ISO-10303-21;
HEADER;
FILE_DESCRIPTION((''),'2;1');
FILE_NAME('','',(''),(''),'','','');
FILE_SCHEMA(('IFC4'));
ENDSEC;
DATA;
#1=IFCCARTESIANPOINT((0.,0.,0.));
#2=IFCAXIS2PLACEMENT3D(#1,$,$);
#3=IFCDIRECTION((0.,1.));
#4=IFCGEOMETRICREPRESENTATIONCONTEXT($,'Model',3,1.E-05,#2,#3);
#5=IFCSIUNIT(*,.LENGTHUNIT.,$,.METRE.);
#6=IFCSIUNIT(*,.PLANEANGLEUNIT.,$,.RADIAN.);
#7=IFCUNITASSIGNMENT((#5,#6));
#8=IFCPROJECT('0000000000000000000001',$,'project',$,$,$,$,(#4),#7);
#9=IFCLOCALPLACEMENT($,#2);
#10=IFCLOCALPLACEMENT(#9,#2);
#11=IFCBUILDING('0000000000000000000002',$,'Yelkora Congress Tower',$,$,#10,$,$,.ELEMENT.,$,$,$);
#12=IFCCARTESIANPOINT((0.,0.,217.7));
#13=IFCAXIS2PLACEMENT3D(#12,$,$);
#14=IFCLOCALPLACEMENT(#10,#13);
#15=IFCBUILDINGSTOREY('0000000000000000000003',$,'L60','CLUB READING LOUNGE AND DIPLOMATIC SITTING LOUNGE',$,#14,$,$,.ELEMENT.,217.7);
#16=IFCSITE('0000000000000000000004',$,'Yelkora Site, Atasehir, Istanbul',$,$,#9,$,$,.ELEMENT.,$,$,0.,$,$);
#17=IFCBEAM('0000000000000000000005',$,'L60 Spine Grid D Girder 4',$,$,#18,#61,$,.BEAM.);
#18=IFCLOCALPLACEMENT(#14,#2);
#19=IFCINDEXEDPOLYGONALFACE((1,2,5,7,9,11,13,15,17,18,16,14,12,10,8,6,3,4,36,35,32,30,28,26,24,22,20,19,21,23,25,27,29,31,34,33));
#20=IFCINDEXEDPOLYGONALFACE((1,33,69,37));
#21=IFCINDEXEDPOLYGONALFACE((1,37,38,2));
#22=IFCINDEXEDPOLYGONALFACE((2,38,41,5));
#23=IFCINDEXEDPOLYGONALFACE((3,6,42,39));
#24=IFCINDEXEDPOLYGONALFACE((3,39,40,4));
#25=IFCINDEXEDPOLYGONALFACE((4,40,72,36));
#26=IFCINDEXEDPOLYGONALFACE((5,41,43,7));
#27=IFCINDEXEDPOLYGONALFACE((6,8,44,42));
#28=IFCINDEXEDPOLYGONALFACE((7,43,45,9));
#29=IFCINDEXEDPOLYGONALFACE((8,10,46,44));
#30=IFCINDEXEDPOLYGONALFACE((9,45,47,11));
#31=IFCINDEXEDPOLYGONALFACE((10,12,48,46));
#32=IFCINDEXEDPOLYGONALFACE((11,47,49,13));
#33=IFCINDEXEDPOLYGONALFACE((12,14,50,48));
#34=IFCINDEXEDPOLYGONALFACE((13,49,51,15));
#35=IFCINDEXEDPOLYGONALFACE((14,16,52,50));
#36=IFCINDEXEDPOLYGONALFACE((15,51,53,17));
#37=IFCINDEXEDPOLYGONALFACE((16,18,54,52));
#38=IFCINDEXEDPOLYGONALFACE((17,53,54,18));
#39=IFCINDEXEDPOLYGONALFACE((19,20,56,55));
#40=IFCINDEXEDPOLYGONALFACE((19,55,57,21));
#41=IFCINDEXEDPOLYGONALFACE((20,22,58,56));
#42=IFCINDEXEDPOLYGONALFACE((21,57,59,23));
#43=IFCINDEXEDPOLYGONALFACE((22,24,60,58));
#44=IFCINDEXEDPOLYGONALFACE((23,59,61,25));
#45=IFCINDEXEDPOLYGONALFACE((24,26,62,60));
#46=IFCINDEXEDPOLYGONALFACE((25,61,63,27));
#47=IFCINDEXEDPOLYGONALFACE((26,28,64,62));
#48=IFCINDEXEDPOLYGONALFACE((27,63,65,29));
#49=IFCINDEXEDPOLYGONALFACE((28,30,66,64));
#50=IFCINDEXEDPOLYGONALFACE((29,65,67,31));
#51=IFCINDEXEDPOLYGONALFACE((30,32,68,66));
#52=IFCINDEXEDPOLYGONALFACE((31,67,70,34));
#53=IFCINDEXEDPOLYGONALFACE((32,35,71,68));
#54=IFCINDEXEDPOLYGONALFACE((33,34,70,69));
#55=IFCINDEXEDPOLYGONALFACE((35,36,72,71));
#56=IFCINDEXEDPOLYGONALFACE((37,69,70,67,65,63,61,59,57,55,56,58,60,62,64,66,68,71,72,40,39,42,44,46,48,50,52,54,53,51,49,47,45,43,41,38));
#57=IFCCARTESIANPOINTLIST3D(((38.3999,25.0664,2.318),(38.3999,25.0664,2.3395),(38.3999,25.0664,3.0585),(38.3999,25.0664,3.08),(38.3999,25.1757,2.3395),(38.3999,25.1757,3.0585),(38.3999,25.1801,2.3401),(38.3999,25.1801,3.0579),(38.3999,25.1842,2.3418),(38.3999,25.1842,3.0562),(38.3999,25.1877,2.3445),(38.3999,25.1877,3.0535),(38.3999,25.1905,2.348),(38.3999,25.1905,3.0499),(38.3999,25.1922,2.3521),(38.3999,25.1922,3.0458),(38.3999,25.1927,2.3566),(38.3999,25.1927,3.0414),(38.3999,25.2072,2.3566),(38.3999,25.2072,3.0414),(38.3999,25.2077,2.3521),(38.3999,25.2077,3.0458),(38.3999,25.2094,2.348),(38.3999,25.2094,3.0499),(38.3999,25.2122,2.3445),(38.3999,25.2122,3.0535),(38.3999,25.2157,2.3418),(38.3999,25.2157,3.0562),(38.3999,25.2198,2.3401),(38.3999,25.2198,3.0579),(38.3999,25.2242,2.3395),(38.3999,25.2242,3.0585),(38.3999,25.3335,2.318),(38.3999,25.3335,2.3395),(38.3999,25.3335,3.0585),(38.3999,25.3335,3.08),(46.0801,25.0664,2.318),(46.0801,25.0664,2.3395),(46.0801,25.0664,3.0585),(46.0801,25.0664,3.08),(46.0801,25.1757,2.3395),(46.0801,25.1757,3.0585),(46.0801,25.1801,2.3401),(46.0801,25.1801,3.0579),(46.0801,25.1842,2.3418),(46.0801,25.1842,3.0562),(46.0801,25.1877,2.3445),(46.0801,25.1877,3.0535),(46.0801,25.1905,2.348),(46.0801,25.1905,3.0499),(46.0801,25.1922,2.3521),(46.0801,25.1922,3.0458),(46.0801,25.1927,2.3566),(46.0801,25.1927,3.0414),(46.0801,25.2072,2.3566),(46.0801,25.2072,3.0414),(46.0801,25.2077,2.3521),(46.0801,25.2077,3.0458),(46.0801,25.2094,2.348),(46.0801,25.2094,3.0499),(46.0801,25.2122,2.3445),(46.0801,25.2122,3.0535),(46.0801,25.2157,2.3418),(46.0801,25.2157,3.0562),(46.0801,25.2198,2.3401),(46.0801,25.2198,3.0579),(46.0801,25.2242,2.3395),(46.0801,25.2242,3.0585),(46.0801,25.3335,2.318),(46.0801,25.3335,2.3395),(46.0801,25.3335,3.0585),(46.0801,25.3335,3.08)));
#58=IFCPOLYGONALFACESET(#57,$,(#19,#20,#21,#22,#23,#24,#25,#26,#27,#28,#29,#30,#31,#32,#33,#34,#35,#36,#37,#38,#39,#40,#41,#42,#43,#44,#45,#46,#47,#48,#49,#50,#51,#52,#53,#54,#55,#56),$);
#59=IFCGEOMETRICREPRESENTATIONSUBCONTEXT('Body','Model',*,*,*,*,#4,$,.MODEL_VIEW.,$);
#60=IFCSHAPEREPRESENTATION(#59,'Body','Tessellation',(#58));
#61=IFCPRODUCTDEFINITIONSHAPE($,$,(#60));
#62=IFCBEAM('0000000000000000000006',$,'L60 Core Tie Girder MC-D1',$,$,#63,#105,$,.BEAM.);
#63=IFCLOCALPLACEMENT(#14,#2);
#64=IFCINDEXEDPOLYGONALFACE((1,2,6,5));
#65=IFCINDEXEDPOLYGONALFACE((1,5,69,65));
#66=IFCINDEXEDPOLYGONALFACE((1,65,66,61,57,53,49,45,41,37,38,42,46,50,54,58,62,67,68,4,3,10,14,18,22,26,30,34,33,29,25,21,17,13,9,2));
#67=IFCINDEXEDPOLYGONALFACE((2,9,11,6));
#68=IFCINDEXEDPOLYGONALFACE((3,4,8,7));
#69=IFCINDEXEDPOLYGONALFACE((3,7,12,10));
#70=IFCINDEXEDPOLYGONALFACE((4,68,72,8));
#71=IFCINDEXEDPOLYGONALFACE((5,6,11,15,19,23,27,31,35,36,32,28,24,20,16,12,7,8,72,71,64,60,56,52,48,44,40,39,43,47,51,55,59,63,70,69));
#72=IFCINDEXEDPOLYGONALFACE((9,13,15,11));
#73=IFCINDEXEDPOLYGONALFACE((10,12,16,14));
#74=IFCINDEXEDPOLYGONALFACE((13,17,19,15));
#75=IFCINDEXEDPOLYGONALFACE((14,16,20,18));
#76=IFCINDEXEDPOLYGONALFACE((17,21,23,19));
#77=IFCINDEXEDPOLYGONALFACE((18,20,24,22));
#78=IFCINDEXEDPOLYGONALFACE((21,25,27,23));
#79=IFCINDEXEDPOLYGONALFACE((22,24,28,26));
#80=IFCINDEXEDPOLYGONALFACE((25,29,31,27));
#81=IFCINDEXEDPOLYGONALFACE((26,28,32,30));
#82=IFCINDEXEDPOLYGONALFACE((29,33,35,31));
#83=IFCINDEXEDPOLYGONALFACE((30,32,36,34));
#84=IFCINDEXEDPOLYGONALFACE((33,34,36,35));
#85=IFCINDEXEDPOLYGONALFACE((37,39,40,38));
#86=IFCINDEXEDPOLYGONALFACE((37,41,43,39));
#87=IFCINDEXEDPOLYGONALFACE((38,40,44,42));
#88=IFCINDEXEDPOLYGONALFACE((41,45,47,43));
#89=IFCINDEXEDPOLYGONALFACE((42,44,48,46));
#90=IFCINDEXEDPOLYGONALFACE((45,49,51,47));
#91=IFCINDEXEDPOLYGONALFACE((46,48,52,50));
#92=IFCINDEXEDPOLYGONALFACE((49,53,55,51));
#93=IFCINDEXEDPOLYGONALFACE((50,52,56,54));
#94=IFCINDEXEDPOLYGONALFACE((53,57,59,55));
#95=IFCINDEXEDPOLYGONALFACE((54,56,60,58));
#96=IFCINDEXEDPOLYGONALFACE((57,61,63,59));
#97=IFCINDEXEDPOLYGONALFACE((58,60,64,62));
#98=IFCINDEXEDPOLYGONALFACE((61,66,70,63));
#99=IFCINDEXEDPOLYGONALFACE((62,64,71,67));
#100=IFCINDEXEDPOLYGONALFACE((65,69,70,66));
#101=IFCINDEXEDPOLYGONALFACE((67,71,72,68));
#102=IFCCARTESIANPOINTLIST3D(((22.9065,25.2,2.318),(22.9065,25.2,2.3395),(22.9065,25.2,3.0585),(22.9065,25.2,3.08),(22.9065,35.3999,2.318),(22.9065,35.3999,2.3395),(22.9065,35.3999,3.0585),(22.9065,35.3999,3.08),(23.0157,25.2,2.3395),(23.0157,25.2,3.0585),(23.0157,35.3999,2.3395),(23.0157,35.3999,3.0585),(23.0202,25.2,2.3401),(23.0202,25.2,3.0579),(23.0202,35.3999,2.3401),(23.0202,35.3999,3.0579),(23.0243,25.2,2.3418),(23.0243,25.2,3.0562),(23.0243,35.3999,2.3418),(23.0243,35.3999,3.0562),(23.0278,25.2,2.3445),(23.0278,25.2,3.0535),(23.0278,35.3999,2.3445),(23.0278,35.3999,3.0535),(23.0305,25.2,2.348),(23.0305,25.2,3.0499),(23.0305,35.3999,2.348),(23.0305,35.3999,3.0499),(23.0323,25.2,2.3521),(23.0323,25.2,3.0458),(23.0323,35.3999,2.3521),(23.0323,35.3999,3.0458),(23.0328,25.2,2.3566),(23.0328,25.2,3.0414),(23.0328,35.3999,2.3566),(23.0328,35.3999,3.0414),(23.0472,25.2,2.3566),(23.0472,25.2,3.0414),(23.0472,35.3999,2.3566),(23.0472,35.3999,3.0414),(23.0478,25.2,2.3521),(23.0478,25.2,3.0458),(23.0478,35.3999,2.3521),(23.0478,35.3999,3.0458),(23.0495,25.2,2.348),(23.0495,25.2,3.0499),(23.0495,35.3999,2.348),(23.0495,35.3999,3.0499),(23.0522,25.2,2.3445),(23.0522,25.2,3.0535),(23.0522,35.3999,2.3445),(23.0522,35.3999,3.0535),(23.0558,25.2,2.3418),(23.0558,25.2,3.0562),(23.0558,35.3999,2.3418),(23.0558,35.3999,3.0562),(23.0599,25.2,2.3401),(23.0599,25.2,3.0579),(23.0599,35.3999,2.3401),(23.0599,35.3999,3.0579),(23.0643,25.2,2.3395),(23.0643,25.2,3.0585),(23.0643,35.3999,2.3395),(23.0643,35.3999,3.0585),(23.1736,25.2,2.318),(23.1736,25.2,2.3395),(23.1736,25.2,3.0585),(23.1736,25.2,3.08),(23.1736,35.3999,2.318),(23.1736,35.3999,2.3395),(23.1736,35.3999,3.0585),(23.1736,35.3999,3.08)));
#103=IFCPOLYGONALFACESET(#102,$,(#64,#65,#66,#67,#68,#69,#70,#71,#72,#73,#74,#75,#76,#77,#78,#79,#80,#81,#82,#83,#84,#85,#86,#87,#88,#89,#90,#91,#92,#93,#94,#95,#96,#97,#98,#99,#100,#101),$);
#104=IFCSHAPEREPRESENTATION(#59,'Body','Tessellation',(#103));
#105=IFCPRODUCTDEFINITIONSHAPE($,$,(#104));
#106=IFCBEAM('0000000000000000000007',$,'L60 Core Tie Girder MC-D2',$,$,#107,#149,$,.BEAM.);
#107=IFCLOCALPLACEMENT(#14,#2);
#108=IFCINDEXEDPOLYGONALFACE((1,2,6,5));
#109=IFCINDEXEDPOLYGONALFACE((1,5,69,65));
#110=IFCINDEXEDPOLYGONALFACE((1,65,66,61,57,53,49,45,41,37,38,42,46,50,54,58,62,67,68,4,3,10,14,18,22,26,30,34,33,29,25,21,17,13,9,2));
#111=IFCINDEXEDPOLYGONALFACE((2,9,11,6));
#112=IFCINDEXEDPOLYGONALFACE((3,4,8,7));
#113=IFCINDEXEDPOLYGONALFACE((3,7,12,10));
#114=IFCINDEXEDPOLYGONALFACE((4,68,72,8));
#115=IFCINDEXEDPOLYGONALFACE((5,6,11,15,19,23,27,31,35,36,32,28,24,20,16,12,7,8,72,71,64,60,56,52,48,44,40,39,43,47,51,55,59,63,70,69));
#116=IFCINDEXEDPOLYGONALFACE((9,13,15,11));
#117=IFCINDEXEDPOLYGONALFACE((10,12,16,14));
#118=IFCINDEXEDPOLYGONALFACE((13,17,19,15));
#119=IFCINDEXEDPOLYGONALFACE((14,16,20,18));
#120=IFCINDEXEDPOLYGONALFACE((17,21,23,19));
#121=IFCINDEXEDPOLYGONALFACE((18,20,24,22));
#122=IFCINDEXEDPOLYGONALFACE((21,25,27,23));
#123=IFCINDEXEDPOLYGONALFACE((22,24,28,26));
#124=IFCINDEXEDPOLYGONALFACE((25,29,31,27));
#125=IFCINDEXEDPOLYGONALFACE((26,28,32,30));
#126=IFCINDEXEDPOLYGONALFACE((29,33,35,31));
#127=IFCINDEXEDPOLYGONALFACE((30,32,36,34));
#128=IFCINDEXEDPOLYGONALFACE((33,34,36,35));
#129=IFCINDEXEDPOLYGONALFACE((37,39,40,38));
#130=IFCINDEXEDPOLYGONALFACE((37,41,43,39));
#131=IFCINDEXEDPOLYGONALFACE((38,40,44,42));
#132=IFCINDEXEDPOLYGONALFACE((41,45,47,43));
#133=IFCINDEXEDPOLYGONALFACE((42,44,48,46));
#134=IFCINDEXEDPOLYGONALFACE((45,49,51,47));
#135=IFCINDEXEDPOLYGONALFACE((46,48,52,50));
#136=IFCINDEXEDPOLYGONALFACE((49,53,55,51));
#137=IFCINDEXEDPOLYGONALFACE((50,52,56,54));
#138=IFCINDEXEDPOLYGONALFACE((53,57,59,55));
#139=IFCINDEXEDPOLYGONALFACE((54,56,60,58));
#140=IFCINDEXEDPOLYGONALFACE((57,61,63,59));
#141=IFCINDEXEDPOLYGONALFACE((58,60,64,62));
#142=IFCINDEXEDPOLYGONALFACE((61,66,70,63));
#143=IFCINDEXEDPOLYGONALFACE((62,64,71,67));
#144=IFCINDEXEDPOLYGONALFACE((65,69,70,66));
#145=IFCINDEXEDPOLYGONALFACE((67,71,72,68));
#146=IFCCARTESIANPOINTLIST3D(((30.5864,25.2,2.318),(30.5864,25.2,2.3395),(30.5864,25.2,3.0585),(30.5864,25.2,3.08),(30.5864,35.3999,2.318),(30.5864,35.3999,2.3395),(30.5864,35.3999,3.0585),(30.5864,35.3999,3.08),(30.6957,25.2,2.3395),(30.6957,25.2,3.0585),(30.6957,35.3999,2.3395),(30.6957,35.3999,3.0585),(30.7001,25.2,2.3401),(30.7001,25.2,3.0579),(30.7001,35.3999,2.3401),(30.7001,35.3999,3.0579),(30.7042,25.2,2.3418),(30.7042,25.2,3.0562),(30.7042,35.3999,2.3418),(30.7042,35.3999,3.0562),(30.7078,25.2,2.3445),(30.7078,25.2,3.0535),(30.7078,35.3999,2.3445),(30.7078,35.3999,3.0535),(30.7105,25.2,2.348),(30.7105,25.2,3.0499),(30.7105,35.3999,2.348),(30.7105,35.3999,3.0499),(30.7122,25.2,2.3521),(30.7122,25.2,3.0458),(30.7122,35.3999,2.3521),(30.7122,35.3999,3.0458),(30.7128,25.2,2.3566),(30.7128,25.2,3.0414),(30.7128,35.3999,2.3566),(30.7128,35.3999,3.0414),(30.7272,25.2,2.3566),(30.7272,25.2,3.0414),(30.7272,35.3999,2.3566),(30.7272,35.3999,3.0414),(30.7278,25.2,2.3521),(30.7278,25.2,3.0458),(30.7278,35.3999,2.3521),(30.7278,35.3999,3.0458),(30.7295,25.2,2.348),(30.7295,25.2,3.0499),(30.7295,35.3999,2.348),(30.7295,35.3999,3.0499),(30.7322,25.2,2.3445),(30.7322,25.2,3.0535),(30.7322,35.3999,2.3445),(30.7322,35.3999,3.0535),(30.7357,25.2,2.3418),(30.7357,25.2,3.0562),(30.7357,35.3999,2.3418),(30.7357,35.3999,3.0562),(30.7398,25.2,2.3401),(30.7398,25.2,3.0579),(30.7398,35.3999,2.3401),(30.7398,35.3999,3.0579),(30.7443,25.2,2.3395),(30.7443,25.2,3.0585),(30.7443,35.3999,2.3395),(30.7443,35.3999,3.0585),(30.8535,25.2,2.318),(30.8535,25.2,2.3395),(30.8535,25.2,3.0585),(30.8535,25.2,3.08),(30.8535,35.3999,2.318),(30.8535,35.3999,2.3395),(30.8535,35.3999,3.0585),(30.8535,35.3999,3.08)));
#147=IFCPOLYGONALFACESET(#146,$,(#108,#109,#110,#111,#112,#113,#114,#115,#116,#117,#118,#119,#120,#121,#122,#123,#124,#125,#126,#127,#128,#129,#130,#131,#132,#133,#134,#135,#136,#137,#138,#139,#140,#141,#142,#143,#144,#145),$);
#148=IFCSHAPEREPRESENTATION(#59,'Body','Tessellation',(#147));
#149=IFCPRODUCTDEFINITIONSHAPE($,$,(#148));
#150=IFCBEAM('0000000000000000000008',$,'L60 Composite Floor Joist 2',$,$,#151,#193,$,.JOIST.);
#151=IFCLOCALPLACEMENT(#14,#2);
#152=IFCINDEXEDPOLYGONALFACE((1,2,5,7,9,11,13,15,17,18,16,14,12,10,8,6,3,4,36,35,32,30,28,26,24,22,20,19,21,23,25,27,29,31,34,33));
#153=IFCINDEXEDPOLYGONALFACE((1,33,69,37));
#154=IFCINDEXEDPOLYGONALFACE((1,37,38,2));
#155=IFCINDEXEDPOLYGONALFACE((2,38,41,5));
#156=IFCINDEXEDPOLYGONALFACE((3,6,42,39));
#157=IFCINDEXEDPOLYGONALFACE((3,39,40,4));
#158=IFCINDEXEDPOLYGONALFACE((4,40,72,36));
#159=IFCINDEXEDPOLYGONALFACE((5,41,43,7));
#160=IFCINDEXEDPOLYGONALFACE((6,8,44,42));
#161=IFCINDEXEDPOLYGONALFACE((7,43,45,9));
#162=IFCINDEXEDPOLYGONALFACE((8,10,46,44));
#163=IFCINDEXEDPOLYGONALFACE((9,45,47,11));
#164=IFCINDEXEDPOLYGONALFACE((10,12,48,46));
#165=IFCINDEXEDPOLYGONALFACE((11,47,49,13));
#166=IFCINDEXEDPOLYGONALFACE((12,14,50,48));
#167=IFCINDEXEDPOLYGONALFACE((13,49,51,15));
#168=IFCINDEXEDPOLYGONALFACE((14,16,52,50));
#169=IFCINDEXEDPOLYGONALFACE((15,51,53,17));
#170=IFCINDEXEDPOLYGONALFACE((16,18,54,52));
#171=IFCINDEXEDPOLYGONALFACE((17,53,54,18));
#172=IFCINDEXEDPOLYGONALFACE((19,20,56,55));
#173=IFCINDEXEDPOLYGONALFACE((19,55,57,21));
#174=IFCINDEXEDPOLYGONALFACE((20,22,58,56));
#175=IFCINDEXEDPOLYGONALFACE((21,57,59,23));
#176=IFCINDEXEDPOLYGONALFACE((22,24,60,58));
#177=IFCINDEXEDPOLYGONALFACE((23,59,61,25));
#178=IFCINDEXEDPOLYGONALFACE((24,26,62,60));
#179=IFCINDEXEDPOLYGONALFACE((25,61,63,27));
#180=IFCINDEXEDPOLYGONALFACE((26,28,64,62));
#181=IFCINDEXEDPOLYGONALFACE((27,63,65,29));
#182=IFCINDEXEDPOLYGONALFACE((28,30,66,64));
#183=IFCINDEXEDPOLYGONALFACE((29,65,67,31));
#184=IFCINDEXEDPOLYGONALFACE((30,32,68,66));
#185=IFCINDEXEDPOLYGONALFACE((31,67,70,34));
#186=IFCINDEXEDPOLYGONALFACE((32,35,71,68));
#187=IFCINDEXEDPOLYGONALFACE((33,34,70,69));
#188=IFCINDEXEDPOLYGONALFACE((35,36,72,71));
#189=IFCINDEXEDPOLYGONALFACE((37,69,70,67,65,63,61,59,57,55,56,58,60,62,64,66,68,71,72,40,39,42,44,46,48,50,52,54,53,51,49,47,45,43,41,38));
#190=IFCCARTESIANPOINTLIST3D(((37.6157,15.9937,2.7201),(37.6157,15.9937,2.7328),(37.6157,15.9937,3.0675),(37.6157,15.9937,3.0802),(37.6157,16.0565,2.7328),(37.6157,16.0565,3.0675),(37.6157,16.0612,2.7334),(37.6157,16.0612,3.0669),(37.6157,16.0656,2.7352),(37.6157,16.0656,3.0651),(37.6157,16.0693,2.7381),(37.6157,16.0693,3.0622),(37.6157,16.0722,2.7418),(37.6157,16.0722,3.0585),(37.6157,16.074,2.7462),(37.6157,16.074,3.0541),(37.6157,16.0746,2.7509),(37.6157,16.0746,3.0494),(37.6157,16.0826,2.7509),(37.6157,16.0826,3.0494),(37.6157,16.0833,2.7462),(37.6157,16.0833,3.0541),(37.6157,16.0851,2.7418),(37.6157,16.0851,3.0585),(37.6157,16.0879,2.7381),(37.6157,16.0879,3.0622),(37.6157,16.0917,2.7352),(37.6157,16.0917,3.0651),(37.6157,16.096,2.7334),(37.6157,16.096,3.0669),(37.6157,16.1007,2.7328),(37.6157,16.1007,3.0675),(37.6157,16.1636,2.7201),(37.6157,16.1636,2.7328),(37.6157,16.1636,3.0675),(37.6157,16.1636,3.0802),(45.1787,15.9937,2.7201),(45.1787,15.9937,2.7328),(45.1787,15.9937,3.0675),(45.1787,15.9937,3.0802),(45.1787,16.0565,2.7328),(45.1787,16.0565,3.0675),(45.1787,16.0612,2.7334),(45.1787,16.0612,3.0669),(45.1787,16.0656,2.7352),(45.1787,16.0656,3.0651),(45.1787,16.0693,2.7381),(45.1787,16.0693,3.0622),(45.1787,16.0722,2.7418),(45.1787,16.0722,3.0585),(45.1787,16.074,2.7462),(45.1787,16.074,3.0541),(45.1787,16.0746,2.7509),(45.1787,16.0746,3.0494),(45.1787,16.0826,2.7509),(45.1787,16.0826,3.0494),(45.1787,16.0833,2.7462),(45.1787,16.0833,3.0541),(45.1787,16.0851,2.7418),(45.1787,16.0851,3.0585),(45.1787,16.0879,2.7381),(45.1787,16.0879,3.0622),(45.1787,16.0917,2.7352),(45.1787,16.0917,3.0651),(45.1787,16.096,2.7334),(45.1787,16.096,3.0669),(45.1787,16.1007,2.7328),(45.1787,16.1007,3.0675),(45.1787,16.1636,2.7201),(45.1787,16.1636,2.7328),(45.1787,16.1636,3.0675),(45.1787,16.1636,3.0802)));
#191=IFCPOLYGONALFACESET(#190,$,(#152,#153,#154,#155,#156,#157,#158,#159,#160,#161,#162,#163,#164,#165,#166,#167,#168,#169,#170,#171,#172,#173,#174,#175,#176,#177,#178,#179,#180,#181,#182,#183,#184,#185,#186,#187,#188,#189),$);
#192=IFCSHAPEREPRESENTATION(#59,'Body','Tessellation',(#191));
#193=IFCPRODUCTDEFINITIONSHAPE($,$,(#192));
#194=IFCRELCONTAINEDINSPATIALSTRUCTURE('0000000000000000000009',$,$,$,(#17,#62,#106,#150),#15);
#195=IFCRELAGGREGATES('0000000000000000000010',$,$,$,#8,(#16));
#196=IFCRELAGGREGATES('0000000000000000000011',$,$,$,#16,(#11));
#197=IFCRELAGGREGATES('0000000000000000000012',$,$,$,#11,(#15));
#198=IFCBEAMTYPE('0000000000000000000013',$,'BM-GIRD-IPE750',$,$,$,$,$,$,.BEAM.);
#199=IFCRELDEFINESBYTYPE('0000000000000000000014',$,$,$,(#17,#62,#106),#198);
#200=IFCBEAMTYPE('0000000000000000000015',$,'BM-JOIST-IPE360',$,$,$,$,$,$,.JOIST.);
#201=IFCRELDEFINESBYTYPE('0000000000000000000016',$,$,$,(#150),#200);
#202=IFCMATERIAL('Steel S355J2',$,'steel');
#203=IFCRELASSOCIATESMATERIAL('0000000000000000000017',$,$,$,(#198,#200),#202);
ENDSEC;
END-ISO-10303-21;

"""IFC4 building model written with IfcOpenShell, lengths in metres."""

from ifc_helpers import new_model, si_unit, direction, frame, origin, origin_2d, place, context, subcontext, project, spatial, i_section, extrude, material, material_profile, profile_set, type_object, element, save


model = new_model("IFC4")

# Units and contexts
model_context = context("Model", 3, precision=1e-05, world=origin(), true_north=direction((0.0, 1.0)))
body_context = subcontext(model_context, "Body", "Model", "MODEL_VIEW")
ifc_project = project(units=[si_unit("LENGTHUNIT", "METRE"), si_unit("PLANEANGLEUNIT", "RADIAN")], contexts=[model_context])

# Site, building, storey
site_placement = place(None, origin())
site = spatial("IfcSite", under=ifc_project, at=site_placement, Name="Yelkora Site, Atasehir, Istanbul", CompositionType="ELEMENT", RefElevation=0.0)
building_placement = place(site_placement, origin())
building = spatial("IfcBuilding", under=site, at=building_placement, Name="Yelkora Congress Tower", CompositionType="ELEMENT")
storey_placement = place(building_placement, frame((0.0, 0.0, 217.7)))
storey = spatial("IfcBuildingStorey", under=building, at=storey_placement, Name="L60", Description="CLUB READING LOUNGE AND DIPLOMATIC SITTING LOUNGE", CompositionType="ELEMENT", Elevation=217.7)

# Beams
ifc_material_1 = material(Name="Steel S355J2", Category="steel")
ifc_material_profile_1 = material_profile(ifc_material_1, i_section(OverallWidth=0.2671, OverallDepth=0.762, WebThickness=0.0144, FlangeThickness=0.0215, FilletRadius=0.0171, at=origin_2d()), Name="IPE 750x173")
ifc_profile_set_1 = profile_set([ifc_material_profile_1], Name="Steel S355J2")
beam_type_1 = type_object("IfcBeamType", Name="BM-GIRD-IPE750", PredefinedType="BEAM", material=ifc_profile_set_1)
beam_1_placement = place(storey_placement, frame((38.3999, 25.2, 2.699), z_axis=(1.0, 0.0, 0.0), x_axis=(0.0, 1.0, 0.0)))
element("IfcBeam", 1, at=beam_1_placement, inside=storey, type_object=beam_type_1, Name="L60 Spine Grid D Girder 4", PredefinedType="BEAM", context=body_context, shape_type="SweptSolid", body=[
    extrude(i_section(OverallWidth=0.2671, OverallDepth=0.762, WebThickness=0.0144, FlangeThickness=0.0215, FilletRadius=0.0171, at=origin_2d()), origin(), (0.0, 0.0, 1.0), 7.6802),
])
for number, where, z_axis, x_axis, name in (
    (2, (23.04, 25.2, 2.699), (0.0, 1.0, 0.0), (-1.0, 0.0, 0.0), "L60 Core Tie Girder MC-D1"),
    (3, (30.72, 25.2, 2.699), (0.0, 1.0, 0.0), (-1.0, 0.0, 0.0), "L60 Core Tie Girder MC-D2"),
):
    element("IfcBeam", number, at=place(storey_placement, frame(where, z_axis=z_axis, x_axis=x_axis)), inside=storey, type_object=beam_type_1, Name=name, PredefinedType="BEAM", context=body_context, shape_type="SweptSolid", body=[
        extrude(i_section(OverallWidth=0.2671, OverallDepth=0.762, WebThickness=0.0144, FlangeThickness=0.0215, FilletRadius=0.0171, at=origin_2d()), origin(), (0.0, 0.0, 1.0), 10.2),
    ])
ifc_material_profile_2 = material_profile(ifc_material_1, i_section(OverallWidth=0.1699, OverallDepth=0.3601, WebThickness=0.0081, FlangeThickness=0.0127, FilletRadius=0.0181, at=origin_2d()), Name="IPE 360")
ifc_profile_set_2 = profile_set([ifc_material_profile_2], Name="Steel S355J2")
beam_type_2 = type_object("IfcBeamType", Name="BM-JOIST-IPE360", PredefinedType="JOIST", material=ifc_profile_set_2)
beam_2_placement = place(storey_placement, frame((37.6157, 16.0786, 2.9001), z_axis=(1.0, 0.0, 0.0), x_axis=(0.0, 1.0, 0.0)))
element("IfcBeam", 4, at=beam_2_placement, inside=storey, type_object=beam_type_2, Name="L60 Composite Floor Joist 2", PredefinedType="JOIST", context=body_context, shape_type="SweptSolid", body=[
    extrude(i_section(OverallWidth=0.1699, OverallDepth=0.3601, WebThickness=0.0081, FlangeThickness=0.0127, FilletRadius=0.0181, at=origin_2d()), origin(), (0.0, 0.0, 1.0), 7.563),
])

save(model, "model.ifc")
